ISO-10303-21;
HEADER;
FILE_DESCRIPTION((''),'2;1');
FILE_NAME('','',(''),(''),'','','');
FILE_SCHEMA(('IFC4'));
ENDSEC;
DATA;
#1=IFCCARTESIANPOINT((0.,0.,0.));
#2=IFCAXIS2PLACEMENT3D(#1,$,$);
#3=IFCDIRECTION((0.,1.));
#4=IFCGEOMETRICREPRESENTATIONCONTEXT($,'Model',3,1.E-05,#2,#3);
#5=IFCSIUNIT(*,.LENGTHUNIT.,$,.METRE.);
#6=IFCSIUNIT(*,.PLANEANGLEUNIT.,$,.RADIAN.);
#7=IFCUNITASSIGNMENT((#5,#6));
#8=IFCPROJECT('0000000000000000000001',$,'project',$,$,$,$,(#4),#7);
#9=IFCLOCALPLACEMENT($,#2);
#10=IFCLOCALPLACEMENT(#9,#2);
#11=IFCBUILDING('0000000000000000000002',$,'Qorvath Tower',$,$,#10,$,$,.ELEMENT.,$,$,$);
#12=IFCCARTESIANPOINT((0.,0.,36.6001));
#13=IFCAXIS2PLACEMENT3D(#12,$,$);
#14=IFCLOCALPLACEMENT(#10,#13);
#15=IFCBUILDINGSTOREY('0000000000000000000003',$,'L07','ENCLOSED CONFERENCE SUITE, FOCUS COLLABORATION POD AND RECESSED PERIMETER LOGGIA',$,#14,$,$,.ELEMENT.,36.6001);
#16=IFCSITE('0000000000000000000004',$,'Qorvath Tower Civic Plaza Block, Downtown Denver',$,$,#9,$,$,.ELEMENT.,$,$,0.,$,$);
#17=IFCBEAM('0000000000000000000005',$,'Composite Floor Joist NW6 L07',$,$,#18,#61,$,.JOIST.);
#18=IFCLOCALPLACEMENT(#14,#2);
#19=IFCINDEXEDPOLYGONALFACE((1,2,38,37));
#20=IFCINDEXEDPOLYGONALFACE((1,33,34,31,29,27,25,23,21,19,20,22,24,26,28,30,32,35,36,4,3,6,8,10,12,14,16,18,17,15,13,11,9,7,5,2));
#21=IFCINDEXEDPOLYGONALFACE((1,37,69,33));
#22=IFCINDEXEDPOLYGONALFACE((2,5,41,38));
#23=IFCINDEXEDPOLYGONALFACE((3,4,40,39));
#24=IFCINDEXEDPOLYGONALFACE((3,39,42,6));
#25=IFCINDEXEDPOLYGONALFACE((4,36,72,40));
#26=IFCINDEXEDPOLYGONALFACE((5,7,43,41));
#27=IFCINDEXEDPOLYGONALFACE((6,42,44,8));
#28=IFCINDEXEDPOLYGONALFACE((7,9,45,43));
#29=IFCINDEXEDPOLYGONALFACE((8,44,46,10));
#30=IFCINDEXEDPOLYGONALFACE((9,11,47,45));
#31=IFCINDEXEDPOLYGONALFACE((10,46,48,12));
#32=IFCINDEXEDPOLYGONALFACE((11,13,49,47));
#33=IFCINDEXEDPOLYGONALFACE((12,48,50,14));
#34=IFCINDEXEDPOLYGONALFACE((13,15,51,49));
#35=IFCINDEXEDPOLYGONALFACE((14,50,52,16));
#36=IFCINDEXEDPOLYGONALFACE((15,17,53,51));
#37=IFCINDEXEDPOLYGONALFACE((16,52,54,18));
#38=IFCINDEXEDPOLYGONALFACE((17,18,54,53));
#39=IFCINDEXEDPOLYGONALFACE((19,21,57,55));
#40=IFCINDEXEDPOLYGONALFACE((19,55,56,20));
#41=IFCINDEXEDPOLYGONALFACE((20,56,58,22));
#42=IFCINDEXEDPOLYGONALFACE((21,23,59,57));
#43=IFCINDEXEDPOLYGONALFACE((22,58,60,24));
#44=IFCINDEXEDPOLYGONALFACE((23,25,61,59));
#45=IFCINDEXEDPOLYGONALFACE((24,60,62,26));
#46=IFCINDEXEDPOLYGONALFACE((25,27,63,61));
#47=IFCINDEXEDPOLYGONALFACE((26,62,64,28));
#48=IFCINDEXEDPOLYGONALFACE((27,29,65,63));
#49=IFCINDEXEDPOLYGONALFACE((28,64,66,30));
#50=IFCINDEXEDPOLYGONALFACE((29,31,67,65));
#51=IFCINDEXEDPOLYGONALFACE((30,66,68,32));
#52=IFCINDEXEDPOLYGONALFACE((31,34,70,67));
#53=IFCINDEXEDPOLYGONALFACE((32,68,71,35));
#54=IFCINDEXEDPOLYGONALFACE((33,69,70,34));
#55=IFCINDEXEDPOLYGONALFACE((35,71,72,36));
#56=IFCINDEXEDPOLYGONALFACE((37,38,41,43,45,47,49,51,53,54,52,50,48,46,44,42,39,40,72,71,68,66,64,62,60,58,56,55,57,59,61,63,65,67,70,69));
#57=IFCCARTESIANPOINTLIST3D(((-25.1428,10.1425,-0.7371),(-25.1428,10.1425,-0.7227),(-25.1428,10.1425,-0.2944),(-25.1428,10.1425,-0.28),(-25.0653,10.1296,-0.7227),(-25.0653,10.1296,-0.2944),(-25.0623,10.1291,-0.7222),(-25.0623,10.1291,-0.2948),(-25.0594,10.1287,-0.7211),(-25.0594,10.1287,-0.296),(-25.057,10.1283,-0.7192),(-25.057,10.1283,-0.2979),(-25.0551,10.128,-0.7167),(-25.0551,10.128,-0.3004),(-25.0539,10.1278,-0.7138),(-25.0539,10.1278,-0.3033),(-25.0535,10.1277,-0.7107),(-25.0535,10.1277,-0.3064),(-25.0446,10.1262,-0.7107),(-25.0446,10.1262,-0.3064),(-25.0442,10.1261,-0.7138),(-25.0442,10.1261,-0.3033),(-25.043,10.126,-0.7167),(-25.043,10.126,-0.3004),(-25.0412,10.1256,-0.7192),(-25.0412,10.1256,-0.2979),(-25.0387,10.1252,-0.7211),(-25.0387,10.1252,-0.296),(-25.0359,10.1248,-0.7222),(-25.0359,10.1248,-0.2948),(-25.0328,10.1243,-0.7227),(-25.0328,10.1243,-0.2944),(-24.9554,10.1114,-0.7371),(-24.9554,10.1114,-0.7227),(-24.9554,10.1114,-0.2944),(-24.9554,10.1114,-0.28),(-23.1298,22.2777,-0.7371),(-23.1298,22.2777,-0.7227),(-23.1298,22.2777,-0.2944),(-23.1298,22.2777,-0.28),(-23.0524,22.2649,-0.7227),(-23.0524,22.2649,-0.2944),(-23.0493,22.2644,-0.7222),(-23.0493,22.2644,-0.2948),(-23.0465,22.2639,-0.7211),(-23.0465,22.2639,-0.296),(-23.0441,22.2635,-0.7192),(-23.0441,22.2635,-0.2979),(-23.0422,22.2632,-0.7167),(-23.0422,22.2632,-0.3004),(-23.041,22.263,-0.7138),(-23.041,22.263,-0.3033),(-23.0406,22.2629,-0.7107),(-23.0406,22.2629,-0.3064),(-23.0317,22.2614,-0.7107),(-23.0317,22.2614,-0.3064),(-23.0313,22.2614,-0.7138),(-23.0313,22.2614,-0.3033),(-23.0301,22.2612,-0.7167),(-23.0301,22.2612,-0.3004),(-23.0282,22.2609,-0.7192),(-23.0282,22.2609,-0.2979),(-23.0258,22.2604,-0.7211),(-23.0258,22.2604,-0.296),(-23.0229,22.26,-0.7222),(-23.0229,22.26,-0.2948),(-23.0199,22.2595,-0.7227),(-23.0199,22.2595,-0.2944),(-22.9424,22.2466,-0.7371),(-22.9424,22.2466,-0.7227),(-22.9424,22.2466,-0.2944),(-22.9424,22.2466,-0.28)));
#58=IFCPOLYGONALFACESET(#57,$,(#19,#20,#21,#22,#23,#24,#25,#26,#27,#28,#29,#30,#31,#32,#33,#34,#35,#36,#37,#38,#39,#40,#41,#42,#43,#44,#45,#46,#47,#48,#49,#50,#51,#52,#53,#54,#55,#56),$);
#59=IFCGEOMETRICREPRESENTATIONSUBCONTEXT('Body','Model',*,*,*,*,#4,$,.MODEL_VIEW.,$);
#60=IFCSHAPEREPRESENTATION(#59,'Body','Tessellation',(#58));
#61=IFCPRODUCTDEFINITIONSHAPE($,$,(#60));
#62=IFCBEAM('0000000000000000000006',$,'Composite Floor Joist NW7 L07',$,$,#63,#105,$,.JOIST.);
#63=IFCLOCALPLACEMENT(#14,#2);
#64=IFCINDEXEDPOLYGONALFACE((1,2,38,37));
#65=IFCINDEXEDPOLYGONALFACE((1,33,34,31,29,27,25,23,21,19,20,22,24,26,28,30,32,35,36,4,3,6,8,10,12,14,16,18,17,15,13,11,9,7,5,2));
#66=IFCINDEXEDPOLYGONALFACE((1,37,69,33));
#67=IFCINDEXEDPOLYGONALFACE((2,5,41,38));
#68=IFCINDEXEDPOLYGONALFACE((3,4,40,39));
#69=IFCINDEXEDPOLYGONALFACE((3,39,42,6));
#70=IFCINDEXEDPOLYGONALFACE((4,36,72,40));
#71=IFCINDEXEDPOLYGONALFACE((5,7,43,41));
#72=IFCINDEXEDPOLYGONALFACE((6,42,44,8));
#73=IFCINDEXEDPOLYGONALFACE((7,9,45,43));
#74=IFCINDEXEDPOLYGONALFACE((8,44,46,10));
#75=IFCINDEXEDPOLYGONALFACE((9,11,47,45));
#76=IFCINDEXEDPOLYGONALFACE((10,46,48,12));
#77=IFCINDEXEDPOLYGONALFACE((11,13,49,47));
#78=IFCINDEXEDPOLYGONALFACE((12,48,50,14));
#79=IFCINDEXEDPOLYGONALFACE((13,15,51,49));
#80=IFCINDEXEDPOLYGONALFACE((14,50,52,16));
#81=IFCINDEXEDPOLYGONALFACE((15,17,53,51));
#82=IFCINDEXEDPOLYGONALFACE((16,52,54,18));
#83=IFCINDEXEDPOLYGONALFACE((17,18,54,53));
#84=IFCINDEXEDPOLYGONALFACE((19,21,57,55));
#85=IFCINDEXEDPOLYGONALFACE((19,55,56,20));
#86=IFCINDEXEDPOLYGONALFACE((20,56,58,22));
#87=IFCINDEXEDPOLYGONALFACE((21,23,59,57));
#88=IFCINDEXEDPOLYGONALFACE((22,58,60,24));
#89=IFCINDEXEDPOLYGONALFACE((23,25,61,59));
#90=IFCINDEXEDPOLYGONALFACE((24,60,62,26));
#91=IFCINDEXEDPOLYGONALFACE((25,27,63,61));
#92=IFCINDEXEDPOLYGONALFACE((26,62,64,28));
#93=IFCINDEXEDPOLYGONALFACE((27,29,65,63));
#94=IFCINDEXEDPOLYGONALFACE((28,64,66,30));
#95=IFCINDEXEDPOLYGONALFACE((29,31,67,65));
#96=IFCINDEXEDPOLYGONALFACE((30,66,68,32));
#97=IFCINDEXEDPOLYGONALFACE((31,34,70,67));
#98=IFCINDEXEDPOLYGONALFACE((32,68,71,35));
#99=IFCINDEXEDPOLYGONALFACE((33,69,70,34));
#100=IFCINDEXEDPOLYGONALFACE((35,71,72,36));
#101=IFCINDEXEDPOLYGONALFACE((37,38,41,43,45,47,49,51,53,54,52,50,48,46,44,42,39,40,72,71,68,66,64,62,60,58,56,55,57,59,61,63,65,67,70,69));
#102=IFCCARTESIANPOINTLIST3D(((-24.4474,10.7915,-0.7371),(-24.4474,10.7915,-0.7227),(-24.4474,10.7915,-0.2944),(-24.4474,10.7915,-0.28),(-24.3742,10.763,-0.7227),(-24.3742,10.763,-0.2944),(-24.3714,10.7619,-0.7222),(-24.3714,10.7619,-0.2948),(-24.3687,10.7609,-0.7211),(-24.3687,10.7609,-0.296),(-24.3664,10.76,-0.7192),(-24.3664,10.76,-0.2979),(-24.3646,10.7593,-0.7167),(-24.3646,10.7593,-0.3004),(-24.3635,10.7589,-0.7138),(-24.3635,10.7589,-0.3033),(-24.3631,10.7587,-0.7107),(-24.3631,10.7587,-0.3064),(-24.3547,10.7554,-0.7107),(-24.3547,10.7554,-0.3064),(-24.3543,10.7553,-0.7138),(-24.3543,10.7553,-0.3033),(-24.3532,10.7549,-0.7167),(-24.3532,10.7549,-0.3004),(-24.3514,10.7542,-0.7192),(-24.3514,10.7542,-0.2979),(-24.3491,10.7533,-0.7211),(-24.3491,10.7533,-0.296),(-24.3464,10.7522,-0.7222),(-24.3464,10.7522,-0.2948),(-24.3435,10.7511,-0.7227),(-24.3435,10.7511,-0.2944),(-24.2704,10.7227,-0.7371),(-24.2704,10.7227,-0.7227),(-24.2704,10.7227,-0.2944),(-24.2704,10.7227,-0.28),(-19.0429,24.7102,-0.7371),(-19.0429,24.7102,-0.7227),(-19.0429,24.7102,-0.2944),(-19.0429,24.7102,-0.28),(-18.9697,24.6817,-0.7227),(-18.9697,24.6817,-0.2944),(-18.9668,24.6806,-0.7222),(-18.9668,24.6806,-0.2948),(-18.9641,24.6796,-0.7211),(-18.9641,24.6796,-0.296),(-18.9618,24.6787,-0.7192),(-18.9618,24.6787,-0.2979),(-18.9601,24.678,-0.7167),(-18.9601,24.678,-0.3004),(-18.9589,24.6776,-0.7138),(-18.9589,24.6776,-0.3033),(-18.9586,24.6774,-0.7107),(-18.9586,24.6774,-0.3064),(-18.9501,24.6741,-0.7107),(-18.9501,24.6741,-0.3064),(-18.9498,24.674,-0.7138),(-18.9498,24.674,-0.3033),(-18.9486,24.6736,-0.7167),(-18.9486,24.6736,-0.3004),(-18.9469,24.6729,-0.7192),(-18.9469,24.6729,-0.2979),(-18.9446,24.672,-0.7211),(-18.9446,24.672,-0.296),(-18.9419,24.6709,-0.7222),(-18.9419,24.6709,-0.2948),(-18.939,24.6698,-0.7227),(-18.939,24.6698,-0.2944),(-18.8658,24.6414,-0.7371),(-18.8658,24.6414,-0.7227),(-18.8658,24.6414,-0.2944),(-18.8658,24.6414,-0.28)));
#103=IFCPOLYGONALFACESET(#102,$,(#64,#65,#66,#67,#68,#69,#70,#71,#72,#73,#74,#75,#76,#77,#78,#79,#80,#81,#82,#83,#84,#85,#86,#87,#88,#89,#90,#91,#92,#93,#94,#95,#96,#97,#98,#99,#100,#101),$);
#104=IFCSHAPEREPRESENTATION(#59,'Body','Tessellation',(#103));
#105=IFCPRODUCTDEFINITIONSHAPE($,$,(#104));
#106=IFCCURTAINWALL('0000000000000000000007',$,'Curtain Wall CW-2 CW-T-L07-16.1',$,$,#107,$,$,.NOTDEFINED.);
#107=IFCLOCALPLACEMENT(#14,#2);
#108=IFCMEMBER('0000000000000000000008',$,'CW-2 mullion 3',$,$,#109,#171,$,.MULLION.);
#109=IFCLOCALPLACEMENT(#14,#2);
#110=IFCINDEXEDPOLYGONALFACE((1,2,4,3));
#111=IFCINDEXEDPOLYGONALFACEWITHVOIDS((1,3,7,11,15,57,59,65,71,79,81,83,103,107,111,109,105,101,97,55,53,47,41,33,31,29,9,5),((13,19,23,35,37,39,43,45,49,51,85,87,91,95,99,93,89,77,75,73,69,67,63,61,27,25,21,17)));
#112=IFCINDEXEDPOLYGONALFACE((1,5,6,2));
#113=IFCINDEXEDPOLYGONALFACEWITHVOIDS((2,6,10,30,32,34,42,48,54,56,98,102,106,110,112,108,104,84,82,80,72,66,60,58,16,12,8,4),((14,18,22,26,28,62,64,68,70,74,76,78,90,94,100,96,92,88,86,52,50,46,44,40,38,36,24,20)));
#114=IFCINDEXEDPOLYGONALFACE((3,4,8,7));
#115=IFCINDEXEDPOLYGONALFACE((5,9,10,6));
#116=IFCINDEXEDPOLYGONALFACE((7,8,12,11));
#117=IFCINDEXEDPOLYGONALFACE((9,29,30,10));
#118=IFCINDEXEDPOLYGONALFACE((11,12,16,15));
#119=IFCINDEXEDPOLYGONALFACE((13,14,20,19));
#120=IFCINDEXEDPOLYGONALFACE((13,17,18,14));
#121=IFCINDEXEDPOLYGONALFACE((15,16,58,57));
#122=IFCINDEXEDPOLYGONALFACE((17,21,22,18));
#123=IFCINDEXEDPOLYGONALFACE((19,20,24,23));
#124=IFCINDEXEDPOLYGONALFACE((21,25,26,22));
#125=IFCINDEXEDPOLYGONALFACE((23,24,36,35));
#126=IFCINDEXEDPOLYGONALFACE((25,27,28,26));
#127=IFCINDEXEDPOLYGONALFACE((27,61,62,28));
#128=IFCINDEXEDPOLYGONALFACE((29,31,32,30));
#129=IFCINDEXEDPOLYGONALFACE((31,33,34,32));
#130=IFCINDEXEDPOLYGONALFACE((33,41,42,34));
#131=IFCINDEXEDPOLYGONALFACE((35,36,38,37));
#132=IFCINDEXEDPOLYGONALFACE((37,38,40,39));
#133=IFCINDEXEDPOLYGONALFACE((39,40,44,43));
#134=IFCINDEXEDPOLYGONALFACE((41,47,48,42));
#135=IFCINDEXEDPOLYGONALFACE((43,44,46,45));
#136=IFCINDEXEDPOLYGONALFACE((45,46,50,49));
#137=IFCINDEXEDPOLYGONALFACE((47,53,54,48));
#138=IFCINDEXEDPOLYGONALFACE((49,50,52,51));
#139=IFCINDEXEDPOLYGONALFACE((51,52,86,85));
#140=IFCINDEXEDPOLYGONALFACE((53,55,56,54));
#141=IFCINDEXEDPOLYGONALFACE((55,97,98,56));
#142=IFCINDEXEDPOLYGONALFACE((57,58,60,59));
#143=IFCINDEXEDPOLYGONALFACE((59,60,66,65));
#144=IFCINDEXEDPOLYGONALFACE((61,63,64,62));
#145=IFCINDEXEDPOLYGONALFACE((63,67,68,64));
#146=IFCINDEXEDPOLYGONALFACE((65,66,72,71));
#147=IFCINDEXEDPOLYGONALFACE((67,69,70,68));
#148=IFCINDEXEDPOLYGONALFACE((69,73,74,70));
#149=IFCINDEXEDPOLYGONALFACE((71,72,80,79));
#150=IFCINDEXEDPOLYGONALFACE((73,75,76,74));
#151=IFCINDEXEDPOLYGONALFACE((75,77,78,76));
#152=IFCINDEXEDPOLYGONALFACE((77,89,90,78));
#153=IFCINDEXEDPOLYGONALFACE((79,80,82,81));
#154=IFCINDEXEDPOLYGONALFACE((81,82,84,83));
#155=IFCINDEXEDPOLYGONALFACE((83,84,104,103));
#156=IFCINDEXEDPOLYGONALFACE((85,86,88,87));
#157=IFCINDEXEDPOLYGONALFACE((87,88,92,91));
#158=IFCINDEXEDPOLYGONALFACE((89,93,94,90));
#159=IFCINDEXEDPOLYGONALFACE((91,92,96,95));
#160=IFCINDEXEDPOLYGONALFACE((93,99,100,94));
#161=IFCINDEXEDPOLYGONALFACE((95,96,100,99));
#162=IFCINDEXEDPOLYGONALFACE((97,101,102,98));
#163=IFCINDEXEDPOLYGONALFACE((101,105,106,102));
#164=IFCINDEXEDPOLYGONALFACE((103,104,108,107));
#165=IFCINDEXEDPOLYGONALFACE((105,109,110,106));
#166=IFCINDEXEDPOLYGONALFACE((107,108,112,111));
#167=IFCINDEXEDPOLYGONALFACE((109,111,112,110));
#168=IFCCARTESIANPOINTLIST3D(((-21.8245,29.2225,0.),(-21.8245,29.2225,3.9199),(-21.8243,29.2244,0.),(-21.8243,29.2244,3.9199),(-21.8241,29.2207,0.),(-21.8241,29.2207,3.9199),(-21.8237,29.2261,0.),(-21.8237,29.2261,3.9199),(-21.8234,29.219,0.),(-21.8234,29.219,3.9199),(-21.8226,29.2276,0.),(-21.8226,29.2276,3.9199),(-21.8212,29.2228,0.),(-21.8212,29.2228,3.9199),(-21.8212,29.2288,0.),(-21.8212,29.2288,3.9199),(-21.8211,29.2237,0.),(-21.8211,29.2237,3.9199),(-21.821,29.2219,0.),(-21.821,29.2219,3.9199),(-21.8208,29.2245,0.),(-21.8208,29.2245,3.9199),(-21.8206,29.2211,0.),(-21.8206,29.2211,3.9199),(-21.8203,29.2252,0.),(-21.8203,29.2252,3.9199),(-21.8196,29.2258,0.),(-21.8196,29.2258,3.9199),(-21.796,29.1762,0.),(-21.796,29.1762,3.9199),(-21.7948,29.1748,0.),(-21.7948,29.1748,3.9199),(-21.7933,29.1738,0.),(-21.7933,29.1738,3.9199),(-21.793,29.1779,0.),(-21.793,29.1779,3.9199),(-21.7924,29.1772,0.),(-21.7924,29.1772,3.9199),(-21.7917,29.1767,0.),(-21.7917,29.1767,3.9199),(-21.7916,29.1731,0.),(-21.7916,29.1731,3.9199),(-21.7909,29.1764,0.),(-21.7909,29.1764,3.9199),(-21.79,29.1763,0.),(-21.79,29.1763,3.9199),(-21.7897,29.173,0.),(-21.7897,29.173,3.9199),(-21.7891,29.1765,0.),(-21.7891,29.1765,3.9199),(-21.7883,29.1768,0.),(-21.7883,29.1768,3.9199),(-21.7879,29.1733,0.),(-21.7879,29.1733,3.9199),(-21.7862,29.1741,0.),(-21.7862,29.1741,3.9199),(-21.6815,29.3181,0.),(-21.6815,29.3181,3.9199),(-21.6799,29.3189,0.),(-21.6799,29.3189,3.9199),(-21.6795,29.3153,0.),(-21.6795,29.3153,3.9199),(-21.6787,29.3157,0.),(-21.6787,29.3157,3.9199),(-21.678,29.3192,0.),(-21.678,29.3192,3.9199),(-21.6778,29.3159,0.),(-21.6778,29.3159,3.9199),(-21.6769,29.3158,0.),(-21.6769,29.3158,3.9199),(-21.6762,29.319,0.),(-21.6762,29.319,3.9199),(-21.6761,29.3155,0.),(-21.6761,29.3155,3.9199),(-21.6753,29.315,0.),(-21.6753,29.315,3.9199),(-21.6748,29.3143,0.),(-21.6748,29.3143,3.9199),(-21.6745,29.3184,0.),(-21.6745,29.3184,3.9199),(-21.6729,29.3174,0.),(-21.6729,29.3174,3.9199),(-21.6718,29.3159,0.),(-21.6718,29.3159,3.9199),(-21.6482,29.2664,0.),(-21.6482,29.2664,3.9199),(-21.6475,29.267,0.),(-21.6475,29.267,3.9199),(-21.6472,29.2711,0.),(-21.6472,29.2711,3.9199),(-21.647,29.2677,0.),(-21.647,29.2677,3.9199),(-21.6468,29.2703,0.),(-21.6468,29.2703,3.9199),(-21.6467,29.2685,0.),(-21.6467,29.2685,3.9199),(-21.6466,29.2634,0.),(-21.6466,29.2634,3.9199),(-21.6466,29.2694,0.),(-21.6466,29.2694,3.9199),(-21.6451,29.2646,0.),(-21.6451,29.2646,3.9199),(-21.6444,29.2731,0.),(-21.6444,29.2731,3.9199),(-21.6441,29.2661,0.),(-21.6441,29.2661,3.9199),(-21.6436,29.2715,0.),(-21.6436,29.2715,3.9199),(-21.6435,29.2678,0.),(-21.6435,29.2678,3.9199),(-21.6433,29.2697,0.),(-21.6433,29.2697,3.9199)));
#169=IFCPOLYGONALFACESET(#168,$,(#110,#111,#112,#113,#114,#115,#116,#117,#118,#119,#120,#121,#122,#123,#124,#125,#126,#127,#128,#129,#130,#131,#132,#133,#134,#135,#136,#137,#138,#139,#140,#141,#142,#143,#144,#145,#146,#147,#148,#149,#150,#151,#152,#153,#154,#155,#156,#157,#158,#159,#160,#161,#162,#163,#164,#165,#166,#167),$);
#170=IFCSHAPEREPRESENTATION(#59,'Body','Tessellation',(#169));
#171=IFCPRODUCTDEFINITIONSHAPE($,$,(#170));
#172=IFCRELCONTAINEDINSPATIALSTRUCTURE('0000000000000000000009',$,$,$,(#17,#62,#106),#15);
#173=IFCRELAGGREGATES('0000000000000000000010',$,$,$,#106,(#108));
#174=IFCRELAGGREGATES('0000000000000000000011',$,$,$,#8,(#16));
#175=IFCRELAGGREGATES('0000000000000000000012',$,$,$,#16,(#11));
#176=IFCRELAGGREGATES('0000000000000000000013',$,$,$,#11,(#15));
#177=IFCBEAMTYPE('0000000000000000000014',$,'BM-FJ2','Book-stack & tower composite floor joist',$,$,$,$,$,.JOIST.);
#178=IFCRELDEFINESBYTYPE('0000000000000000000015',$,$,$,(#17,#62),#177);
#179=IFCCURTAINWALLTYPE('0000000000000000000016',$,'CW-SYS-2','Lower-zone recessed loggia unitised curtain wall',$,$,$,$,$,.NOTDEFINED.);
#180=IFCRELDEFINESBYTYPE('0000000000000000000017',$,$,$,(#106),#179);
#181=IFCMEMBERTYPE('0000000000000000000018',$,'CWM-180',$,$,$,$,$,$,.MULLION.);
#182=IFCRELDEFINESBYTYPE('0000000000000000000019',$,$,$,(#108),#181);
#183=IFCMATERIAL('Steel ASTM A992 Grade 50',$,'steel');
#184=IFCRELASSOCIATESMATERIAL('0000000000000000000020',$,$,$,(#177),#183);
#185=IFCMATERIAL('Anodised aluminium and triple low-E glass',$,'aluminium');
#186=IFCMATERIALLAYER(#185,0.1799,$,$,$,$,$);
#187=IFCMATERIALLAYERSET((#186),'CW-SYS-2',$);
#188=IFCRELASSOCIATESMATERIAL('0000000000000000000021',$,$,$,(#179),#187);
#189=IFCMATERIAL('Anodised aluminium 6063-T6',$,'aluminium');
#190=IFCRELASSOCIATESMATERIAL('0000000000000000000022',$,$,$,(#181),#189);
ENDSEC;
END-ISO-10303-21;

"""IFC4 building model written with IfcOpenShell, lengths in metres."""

from ifc_helpers import new_model, si_unit, direction, frame, origin, origin_2d, place, context, subcontext, project, spatial, hollow_rectangle, i_section, extrude, material, layer, layer_set, material_profile, profile_set, type_object, element, aggregate, save


model = new_model("IFC4")

# Units and contexts
model_context = context("Model", 3, precision=1e-05, world=origin(), true_north=direction((0.0, 1.0)))
body_context = subcontext(model_context, "Body", "Model", "MODEL_VIEW")
ifc_project = project(units=[si_unit("LENGTHUNIT", "METRE"), si_unit("PLANEANGLEUNIT", "RADIAN")], contexts=[model_context])

# Site, building, storey
site_placement = place(None, origin())
site = spatial("IfcSite", under=ifc_project, at=site_placement, Name="Qorvath Tower Civic Plaza Block, Downtown Denver", CompositionType="ELEMENT", RefElevation=0.0)
building_placement = place(site_placement, origin())
building = spatial("IfcBuilding", under=site, at=building_placement, Name="Qorvath Tower", CompositionType="ELEMENT")
storey_placement = place(building_placement, frame((0.0, 0.0, 36.6001)))
storey = spatial("IfcBuildingStorey", under=building, at=storey_placement, Name="L07", Description="ENCLOSED CONFERENCE SUITE, FOCUS COLLABORATION POD AND RECESSED PERIMETER LOGGIA", CompositionType="ELEMENT", Elevation=36.6001)

# Beams
ifc_material_1 = material(Name="Steel ASTM A992 Grade 50", Category="steel")
ifc_material_profile_1 = material_profile(ifc_material_1, i_section(OverallWidth=0.1899, OverallDepth=0.457, WebThickness=0.009, FlangeThickness=0.0144, FilletRadius=0.012, at=origin_2d()), Name="W18x50")
ifc_profile_set_1 = profile_set([ifc_material_profile_1], Name="Steel ASTM A992 Grade 50")
beam_type_1 = type_object("IfcBeamType", Name="BM-FJ2", Description="Book-stack & tower composite floor joist", PredefinedType="JOIST", material=ifc_profile_set_1)
beam_1_placement = place(storey_placement, frame((-25.0491, 10.127, -0.5085), z_axis=(0.163639, 0.98652, 0.0), x_axis=(-0.98652, 0.163639, 0.0)))
element("IfcBeam", 1, at=beam_1_placement, inside=storey, type_object=beam_type_1, Name="Composite Floor Joist NW6 L07", PredefinedType="JOIST", context=body_context, shape_type="SweptSolid", body=[
    extrude(i_section(OverallWidth=0.1899, OverallDepth=0.457, WebThickness=0.009, FlangeThickness=0.0144, FilletRadius=0.012, at=origin_2d()), origin(), (0.0, 0.0, 1.0), 12.301),
])
beam_2_placement = place(storey_placement, frame((-24.3589, 10.7571, -0.5085), z_axis=(0.361964, 0.932192, 0.0), x_axis=(-0.932192, 0.361964, 0.0)))
element("IfcBeam", 2, at=beam_2_placement, inside=storey, type_object=beam_type_1, Name="Composite Floor Joist NW7 L07", PredefinedType="JOIST", context=body_context, shape_type="SweptSolid", body=[
    extrude(i_section(OverallWidth=0.1899, OverallDepth=0.457, WebThickness=0.009, FlangeThickness=0.0144, FilletRadius=0.012, at=origin_2d()), origin(), (0.0, 0.0, 1.0), 14.9312),
])

# Curtain wall, member
ifc_material_2 = material(Name="Anodised aluminium and triple low-E glass", Category="aluminium")
ifc_layer_1 = layer(ifc_material_2, 0.1799)
ifc_layer_set_1 = layer_set([ifc_layer_1], Name="CW-SYS-2")
curtain_wall_type = type_object("IfcCurtainWallType", Name="CW-SYS-2", Description="Lower-zone recessed loggia unitised curtain wall", PredefinedType="NOTDEFINED", material=ifc_layer_set_1)
curtain_wall_1_placement = place(storey_placement, origin())
curtain_wall_1 = element("IfcCurtainWall", 3, at=curtain_wall_1_placement, inside=storey, type_object=curtain_wall_type, Name="Curtain Wall CW-2 CW-T-L07-16.1", PredefinedType="NOTDEFINED")
ifc_material_3 = material(Name="Anodised aluminium 6063-T6", Category="aluminium")
ifc_material_profile_2 = material_profile(ifc_material_3, hollow_rectangle(XDim=0.0649, YDim=0.1799, WallThickness=0.0034, InnerFilletRadius=0.0034, OuterFilletRadius=0.0071, at=origin_2d()), Name="CWM 180x65")
ifc_profile_set_2 = profile_set([ifc_material_profile_2], Name="Anodised aluminium 6063-T6")
member_type_1 = type_object("IfcMemberType", Name="CWM-180", PredefinedType="MULLION", material=ifc_profile_set_2)
member_1_placement = place(storey_placement, frame((-21.7339, 29.2461, 0.0), z_axis=(0.0, 0.0, 1.0), x_axis=(0.538539, -0.842601, 0.0)))
member_1 = element("IfcMember", 4, at=member_1_placement, type_object=member_type_1, Name="CW-2 mullion 3", PredefinedType="MULLION", context=body_context, shape_type="SweptSolid", body=[
    extrude(hollow_rectangle(XDim=0.0649, YDim=0.1799, WallThickness=0.0034, InnerFilletRadius=0.0034, OuterFilletRadius=0.0071, at=origin_2d()), origin(), (0.0, 0.0, 1.0), 3.9199),
])
aggregate(curtain_wall_1, [member_1])

save(model, "model.ifc")
